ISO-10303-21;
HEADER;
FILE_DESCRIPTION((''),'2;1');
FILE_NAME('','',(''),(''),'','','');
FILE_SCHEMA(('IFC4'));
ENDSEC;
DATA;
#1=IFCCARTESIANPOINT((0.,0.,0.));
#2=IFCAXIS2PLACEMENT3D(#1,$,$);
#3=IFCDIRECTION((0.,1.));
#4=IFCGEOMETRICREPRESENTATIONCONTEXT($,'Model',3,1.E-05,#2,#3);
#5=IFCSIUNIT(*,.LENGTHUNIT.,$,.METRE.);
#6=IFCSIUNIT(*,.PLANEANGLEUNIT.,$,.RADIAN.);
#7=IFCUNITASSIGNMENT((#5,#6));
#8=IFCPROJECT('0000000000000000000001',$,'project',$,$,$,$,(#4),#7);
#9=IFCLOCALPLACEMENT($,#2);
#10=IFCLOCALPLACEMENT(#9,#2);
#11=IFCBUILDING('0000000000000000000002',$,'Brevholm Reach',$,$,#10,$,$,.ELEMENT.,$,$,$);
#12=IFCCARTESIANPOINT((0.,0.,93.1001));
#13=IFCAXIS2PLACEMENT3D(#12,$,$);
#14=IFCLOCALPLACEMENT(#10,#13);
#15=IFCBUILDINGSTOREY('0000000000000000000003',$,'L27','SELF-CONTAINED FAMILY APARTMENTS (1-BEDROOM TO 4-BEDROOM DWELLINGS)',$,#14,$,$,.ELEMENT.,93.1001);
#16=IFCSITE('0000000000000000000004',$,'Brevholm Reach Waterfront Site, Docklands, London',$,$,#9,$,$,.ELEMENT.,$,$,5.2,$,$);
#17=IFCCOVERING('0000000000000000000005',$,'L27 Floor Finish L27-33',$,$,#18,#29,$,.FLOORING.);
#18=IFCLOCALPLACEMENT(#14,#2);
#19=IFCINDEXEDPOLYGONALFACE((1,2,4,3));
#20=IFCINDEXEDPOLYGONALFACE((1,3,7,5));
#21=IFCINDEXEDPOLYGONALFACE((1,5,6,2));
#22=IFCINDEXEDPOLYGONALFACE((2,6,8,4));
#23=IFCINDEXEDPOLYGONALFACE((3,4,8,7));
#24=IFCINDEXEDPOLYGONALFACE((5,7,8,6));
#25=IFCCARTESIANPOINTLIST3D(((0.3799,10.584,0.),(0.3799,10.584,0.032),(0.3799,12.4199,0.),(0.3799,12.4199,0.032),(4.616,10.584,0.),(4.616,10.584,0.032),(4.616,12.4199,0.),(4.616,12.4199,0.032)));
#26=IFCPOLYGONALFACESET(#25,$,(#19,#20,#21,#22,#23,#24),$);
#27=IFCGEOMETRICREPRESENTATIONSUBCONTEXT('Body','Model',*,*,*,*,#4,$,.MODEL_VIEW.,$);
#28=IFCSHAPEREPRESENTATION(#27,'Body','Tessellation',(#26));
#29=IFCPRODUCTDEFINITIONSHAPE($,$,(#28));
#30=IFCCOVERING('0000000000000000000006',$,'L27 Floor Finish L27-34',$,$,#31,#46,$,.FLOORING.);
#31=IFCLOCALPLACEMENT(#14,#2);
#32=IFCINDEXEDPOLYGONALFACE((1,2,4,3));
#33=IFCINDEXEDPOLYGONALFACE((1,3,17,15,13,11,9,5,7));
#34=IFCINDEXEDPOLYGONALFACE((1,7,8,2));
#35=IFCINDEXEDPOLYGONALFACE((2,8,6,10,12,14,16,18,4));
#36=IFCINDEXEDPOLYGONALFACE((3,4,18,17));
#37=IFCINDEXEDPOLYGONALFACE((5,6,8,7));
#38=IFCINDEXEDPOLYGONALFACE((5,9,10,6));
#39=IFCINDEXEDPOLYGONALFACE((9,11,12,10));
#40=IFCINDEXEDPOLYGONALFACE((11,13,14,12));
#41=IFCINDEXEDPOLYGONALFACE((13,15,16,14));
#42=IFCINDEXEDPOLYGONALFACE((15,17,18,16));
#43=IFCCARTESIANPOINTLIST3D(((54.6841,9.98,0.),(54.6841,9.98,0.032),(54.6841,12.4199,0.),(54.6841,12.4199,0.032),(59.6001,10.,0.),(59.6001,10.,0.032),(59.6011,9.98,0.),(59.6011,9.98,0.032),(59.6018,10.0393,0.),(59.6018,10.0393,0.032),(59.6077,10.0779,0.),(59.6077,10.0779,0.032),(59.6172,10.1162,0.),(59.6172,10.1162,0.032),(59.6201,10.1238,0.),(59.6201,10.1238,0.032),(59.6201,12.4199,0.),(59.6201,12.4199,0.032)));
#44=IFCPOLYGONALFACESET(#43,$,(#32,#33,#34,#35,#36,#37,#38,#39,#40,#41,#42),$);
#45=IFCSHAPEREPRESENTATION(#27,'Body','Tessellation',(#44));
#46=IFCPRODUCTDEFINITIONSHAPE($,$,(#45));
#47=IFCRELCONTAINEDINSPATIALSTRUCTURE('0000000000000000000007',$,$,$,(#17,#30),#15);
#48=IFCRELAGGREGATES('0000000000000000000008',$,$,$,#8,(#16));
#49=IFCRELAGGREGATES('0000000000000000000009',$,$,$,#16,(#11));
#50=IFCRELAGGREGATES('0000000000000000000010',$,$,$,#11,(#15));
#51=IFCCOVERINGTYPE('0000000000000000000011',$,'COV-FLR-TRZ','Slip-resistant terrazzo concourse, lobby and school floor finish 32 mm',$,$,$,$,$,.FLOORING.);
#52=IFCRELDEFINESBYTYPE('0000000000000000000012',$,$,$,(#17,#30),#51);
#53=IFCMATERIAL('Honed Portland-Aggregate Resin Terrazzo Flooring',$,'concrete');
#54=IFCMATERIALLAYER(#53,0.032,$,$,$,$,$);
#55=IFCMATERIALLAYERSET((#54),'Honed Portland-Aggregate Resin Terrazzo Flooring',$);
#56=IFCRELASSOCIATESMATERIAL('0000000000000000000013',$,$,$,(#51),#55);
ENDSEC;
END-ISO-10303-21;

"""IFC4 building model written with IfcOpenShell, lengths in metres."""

from ifc_helpers import new_model, si_unit, direction, frame, origin, place, context, subcontext, project, spatial, polyline, outline, extrude, material, layer, layer_set, type_object, element, save


model = new_model("IFC4")

# Units and contexts
model_context = context("Model", 3, precision=1e-05, world=origin(), true_north=direction((0.0, 1.0)))
body_context = subcontext(model_context, "Body", "Model", "MODEL_VIEW")
ifc_project = project(units=[si_unit("LENGTHUNIT", "METRE"), si_unit("PLANEANGLEUNIT", "RADIAN")], contexts=[model_context])

# Site, building, storey
site_placement = place(None, origin())
site = spatial("IfcSite", under=ifc_project, at=site_placement, Name="Brevholm Reach Waterfront Site, Docklands, London", CompositionType="ELEMENT", RefElevation=5.2)
building_placement = place(site_placement, origin())
building = spatial("IfcBuilding", under=site, at=building_placement, Name="Brevholm Reach", CompositionType="ELEMENT")
storey_placement = place(building_placement, frame((0.0, 0.0, 93.1001)))
storey = spatial("IfcBuildingStorey", under=building, at=storey_placement, Name="L27", Description="SELF-CONTAINED FAMILY APARTMENTS (1-BEDROOM TO 4-BEDROOM DWELLINGS)", CompositionType="ELEMENT", Elevation=93.1001)

# Coverings
ifc_material_1 = material(Name="Honed Portland-Aggregate Resin Terrazzo Flooring", Category="concrete")
ifc_layer_1 = layer(ifc_material_1, 0.032)
ifc_layer_set_1 = layer_set([ifc_layer_1], Name="Honed Portland-Aggregate Resin Terrazzo Flooring")
covering_type_1 = type_object("IfcCoveringType", Name="COV-FLR-TRZ", Description="Slip-resistant terrazzo concourse, lobby and school floor finish 32 mm", PredefinedType="FLOORING", material=ifc_layer_set_1)
covering_1_placement = place(storey_placement, origin())
element("IfcCovering", 1, at=covering_1_placement, inside=storey, type_object=covering_type_1, Name="L27 Floor Finish L27-33", PredefinedType="FLOORING", context=body_context, shape_type="SweptSolid", body=[
    extrude(outline(polyline([(0.3799, 12.4199), (4.616, 12.4199), (4.616, 10.584), (0.3799, 10.584), (0.3799, 12.4199)])), origin(), (0.0, 0.0, 1.0), 0.032),
])
covering_2_placement = place(storey_placement, origin())
element("IfcCovering", 2, at=covering_2_placement, inside=storey, type_object=covering_type_1, Name="L27 Floor Finish L27-34", PredefinedType="FLOORING", context=body_context, shape_type="SweptSolid", body=[
    extrude(outline(polyline([(59.6201, 12.4199), (59.6201, 10.1238), (59.6172, 10.1162), (59.6077, 10.0779), (59.6018, 10.0393), (59.6001, 10.0), (59.6011, 9.98), (54.6841, 9.98), (54.6841, 12.4199), (59.6201, 12.4199)])), origin(), (0.0, 0.0, 1.0), 0.032),
])

save(model, "model.ifc")
